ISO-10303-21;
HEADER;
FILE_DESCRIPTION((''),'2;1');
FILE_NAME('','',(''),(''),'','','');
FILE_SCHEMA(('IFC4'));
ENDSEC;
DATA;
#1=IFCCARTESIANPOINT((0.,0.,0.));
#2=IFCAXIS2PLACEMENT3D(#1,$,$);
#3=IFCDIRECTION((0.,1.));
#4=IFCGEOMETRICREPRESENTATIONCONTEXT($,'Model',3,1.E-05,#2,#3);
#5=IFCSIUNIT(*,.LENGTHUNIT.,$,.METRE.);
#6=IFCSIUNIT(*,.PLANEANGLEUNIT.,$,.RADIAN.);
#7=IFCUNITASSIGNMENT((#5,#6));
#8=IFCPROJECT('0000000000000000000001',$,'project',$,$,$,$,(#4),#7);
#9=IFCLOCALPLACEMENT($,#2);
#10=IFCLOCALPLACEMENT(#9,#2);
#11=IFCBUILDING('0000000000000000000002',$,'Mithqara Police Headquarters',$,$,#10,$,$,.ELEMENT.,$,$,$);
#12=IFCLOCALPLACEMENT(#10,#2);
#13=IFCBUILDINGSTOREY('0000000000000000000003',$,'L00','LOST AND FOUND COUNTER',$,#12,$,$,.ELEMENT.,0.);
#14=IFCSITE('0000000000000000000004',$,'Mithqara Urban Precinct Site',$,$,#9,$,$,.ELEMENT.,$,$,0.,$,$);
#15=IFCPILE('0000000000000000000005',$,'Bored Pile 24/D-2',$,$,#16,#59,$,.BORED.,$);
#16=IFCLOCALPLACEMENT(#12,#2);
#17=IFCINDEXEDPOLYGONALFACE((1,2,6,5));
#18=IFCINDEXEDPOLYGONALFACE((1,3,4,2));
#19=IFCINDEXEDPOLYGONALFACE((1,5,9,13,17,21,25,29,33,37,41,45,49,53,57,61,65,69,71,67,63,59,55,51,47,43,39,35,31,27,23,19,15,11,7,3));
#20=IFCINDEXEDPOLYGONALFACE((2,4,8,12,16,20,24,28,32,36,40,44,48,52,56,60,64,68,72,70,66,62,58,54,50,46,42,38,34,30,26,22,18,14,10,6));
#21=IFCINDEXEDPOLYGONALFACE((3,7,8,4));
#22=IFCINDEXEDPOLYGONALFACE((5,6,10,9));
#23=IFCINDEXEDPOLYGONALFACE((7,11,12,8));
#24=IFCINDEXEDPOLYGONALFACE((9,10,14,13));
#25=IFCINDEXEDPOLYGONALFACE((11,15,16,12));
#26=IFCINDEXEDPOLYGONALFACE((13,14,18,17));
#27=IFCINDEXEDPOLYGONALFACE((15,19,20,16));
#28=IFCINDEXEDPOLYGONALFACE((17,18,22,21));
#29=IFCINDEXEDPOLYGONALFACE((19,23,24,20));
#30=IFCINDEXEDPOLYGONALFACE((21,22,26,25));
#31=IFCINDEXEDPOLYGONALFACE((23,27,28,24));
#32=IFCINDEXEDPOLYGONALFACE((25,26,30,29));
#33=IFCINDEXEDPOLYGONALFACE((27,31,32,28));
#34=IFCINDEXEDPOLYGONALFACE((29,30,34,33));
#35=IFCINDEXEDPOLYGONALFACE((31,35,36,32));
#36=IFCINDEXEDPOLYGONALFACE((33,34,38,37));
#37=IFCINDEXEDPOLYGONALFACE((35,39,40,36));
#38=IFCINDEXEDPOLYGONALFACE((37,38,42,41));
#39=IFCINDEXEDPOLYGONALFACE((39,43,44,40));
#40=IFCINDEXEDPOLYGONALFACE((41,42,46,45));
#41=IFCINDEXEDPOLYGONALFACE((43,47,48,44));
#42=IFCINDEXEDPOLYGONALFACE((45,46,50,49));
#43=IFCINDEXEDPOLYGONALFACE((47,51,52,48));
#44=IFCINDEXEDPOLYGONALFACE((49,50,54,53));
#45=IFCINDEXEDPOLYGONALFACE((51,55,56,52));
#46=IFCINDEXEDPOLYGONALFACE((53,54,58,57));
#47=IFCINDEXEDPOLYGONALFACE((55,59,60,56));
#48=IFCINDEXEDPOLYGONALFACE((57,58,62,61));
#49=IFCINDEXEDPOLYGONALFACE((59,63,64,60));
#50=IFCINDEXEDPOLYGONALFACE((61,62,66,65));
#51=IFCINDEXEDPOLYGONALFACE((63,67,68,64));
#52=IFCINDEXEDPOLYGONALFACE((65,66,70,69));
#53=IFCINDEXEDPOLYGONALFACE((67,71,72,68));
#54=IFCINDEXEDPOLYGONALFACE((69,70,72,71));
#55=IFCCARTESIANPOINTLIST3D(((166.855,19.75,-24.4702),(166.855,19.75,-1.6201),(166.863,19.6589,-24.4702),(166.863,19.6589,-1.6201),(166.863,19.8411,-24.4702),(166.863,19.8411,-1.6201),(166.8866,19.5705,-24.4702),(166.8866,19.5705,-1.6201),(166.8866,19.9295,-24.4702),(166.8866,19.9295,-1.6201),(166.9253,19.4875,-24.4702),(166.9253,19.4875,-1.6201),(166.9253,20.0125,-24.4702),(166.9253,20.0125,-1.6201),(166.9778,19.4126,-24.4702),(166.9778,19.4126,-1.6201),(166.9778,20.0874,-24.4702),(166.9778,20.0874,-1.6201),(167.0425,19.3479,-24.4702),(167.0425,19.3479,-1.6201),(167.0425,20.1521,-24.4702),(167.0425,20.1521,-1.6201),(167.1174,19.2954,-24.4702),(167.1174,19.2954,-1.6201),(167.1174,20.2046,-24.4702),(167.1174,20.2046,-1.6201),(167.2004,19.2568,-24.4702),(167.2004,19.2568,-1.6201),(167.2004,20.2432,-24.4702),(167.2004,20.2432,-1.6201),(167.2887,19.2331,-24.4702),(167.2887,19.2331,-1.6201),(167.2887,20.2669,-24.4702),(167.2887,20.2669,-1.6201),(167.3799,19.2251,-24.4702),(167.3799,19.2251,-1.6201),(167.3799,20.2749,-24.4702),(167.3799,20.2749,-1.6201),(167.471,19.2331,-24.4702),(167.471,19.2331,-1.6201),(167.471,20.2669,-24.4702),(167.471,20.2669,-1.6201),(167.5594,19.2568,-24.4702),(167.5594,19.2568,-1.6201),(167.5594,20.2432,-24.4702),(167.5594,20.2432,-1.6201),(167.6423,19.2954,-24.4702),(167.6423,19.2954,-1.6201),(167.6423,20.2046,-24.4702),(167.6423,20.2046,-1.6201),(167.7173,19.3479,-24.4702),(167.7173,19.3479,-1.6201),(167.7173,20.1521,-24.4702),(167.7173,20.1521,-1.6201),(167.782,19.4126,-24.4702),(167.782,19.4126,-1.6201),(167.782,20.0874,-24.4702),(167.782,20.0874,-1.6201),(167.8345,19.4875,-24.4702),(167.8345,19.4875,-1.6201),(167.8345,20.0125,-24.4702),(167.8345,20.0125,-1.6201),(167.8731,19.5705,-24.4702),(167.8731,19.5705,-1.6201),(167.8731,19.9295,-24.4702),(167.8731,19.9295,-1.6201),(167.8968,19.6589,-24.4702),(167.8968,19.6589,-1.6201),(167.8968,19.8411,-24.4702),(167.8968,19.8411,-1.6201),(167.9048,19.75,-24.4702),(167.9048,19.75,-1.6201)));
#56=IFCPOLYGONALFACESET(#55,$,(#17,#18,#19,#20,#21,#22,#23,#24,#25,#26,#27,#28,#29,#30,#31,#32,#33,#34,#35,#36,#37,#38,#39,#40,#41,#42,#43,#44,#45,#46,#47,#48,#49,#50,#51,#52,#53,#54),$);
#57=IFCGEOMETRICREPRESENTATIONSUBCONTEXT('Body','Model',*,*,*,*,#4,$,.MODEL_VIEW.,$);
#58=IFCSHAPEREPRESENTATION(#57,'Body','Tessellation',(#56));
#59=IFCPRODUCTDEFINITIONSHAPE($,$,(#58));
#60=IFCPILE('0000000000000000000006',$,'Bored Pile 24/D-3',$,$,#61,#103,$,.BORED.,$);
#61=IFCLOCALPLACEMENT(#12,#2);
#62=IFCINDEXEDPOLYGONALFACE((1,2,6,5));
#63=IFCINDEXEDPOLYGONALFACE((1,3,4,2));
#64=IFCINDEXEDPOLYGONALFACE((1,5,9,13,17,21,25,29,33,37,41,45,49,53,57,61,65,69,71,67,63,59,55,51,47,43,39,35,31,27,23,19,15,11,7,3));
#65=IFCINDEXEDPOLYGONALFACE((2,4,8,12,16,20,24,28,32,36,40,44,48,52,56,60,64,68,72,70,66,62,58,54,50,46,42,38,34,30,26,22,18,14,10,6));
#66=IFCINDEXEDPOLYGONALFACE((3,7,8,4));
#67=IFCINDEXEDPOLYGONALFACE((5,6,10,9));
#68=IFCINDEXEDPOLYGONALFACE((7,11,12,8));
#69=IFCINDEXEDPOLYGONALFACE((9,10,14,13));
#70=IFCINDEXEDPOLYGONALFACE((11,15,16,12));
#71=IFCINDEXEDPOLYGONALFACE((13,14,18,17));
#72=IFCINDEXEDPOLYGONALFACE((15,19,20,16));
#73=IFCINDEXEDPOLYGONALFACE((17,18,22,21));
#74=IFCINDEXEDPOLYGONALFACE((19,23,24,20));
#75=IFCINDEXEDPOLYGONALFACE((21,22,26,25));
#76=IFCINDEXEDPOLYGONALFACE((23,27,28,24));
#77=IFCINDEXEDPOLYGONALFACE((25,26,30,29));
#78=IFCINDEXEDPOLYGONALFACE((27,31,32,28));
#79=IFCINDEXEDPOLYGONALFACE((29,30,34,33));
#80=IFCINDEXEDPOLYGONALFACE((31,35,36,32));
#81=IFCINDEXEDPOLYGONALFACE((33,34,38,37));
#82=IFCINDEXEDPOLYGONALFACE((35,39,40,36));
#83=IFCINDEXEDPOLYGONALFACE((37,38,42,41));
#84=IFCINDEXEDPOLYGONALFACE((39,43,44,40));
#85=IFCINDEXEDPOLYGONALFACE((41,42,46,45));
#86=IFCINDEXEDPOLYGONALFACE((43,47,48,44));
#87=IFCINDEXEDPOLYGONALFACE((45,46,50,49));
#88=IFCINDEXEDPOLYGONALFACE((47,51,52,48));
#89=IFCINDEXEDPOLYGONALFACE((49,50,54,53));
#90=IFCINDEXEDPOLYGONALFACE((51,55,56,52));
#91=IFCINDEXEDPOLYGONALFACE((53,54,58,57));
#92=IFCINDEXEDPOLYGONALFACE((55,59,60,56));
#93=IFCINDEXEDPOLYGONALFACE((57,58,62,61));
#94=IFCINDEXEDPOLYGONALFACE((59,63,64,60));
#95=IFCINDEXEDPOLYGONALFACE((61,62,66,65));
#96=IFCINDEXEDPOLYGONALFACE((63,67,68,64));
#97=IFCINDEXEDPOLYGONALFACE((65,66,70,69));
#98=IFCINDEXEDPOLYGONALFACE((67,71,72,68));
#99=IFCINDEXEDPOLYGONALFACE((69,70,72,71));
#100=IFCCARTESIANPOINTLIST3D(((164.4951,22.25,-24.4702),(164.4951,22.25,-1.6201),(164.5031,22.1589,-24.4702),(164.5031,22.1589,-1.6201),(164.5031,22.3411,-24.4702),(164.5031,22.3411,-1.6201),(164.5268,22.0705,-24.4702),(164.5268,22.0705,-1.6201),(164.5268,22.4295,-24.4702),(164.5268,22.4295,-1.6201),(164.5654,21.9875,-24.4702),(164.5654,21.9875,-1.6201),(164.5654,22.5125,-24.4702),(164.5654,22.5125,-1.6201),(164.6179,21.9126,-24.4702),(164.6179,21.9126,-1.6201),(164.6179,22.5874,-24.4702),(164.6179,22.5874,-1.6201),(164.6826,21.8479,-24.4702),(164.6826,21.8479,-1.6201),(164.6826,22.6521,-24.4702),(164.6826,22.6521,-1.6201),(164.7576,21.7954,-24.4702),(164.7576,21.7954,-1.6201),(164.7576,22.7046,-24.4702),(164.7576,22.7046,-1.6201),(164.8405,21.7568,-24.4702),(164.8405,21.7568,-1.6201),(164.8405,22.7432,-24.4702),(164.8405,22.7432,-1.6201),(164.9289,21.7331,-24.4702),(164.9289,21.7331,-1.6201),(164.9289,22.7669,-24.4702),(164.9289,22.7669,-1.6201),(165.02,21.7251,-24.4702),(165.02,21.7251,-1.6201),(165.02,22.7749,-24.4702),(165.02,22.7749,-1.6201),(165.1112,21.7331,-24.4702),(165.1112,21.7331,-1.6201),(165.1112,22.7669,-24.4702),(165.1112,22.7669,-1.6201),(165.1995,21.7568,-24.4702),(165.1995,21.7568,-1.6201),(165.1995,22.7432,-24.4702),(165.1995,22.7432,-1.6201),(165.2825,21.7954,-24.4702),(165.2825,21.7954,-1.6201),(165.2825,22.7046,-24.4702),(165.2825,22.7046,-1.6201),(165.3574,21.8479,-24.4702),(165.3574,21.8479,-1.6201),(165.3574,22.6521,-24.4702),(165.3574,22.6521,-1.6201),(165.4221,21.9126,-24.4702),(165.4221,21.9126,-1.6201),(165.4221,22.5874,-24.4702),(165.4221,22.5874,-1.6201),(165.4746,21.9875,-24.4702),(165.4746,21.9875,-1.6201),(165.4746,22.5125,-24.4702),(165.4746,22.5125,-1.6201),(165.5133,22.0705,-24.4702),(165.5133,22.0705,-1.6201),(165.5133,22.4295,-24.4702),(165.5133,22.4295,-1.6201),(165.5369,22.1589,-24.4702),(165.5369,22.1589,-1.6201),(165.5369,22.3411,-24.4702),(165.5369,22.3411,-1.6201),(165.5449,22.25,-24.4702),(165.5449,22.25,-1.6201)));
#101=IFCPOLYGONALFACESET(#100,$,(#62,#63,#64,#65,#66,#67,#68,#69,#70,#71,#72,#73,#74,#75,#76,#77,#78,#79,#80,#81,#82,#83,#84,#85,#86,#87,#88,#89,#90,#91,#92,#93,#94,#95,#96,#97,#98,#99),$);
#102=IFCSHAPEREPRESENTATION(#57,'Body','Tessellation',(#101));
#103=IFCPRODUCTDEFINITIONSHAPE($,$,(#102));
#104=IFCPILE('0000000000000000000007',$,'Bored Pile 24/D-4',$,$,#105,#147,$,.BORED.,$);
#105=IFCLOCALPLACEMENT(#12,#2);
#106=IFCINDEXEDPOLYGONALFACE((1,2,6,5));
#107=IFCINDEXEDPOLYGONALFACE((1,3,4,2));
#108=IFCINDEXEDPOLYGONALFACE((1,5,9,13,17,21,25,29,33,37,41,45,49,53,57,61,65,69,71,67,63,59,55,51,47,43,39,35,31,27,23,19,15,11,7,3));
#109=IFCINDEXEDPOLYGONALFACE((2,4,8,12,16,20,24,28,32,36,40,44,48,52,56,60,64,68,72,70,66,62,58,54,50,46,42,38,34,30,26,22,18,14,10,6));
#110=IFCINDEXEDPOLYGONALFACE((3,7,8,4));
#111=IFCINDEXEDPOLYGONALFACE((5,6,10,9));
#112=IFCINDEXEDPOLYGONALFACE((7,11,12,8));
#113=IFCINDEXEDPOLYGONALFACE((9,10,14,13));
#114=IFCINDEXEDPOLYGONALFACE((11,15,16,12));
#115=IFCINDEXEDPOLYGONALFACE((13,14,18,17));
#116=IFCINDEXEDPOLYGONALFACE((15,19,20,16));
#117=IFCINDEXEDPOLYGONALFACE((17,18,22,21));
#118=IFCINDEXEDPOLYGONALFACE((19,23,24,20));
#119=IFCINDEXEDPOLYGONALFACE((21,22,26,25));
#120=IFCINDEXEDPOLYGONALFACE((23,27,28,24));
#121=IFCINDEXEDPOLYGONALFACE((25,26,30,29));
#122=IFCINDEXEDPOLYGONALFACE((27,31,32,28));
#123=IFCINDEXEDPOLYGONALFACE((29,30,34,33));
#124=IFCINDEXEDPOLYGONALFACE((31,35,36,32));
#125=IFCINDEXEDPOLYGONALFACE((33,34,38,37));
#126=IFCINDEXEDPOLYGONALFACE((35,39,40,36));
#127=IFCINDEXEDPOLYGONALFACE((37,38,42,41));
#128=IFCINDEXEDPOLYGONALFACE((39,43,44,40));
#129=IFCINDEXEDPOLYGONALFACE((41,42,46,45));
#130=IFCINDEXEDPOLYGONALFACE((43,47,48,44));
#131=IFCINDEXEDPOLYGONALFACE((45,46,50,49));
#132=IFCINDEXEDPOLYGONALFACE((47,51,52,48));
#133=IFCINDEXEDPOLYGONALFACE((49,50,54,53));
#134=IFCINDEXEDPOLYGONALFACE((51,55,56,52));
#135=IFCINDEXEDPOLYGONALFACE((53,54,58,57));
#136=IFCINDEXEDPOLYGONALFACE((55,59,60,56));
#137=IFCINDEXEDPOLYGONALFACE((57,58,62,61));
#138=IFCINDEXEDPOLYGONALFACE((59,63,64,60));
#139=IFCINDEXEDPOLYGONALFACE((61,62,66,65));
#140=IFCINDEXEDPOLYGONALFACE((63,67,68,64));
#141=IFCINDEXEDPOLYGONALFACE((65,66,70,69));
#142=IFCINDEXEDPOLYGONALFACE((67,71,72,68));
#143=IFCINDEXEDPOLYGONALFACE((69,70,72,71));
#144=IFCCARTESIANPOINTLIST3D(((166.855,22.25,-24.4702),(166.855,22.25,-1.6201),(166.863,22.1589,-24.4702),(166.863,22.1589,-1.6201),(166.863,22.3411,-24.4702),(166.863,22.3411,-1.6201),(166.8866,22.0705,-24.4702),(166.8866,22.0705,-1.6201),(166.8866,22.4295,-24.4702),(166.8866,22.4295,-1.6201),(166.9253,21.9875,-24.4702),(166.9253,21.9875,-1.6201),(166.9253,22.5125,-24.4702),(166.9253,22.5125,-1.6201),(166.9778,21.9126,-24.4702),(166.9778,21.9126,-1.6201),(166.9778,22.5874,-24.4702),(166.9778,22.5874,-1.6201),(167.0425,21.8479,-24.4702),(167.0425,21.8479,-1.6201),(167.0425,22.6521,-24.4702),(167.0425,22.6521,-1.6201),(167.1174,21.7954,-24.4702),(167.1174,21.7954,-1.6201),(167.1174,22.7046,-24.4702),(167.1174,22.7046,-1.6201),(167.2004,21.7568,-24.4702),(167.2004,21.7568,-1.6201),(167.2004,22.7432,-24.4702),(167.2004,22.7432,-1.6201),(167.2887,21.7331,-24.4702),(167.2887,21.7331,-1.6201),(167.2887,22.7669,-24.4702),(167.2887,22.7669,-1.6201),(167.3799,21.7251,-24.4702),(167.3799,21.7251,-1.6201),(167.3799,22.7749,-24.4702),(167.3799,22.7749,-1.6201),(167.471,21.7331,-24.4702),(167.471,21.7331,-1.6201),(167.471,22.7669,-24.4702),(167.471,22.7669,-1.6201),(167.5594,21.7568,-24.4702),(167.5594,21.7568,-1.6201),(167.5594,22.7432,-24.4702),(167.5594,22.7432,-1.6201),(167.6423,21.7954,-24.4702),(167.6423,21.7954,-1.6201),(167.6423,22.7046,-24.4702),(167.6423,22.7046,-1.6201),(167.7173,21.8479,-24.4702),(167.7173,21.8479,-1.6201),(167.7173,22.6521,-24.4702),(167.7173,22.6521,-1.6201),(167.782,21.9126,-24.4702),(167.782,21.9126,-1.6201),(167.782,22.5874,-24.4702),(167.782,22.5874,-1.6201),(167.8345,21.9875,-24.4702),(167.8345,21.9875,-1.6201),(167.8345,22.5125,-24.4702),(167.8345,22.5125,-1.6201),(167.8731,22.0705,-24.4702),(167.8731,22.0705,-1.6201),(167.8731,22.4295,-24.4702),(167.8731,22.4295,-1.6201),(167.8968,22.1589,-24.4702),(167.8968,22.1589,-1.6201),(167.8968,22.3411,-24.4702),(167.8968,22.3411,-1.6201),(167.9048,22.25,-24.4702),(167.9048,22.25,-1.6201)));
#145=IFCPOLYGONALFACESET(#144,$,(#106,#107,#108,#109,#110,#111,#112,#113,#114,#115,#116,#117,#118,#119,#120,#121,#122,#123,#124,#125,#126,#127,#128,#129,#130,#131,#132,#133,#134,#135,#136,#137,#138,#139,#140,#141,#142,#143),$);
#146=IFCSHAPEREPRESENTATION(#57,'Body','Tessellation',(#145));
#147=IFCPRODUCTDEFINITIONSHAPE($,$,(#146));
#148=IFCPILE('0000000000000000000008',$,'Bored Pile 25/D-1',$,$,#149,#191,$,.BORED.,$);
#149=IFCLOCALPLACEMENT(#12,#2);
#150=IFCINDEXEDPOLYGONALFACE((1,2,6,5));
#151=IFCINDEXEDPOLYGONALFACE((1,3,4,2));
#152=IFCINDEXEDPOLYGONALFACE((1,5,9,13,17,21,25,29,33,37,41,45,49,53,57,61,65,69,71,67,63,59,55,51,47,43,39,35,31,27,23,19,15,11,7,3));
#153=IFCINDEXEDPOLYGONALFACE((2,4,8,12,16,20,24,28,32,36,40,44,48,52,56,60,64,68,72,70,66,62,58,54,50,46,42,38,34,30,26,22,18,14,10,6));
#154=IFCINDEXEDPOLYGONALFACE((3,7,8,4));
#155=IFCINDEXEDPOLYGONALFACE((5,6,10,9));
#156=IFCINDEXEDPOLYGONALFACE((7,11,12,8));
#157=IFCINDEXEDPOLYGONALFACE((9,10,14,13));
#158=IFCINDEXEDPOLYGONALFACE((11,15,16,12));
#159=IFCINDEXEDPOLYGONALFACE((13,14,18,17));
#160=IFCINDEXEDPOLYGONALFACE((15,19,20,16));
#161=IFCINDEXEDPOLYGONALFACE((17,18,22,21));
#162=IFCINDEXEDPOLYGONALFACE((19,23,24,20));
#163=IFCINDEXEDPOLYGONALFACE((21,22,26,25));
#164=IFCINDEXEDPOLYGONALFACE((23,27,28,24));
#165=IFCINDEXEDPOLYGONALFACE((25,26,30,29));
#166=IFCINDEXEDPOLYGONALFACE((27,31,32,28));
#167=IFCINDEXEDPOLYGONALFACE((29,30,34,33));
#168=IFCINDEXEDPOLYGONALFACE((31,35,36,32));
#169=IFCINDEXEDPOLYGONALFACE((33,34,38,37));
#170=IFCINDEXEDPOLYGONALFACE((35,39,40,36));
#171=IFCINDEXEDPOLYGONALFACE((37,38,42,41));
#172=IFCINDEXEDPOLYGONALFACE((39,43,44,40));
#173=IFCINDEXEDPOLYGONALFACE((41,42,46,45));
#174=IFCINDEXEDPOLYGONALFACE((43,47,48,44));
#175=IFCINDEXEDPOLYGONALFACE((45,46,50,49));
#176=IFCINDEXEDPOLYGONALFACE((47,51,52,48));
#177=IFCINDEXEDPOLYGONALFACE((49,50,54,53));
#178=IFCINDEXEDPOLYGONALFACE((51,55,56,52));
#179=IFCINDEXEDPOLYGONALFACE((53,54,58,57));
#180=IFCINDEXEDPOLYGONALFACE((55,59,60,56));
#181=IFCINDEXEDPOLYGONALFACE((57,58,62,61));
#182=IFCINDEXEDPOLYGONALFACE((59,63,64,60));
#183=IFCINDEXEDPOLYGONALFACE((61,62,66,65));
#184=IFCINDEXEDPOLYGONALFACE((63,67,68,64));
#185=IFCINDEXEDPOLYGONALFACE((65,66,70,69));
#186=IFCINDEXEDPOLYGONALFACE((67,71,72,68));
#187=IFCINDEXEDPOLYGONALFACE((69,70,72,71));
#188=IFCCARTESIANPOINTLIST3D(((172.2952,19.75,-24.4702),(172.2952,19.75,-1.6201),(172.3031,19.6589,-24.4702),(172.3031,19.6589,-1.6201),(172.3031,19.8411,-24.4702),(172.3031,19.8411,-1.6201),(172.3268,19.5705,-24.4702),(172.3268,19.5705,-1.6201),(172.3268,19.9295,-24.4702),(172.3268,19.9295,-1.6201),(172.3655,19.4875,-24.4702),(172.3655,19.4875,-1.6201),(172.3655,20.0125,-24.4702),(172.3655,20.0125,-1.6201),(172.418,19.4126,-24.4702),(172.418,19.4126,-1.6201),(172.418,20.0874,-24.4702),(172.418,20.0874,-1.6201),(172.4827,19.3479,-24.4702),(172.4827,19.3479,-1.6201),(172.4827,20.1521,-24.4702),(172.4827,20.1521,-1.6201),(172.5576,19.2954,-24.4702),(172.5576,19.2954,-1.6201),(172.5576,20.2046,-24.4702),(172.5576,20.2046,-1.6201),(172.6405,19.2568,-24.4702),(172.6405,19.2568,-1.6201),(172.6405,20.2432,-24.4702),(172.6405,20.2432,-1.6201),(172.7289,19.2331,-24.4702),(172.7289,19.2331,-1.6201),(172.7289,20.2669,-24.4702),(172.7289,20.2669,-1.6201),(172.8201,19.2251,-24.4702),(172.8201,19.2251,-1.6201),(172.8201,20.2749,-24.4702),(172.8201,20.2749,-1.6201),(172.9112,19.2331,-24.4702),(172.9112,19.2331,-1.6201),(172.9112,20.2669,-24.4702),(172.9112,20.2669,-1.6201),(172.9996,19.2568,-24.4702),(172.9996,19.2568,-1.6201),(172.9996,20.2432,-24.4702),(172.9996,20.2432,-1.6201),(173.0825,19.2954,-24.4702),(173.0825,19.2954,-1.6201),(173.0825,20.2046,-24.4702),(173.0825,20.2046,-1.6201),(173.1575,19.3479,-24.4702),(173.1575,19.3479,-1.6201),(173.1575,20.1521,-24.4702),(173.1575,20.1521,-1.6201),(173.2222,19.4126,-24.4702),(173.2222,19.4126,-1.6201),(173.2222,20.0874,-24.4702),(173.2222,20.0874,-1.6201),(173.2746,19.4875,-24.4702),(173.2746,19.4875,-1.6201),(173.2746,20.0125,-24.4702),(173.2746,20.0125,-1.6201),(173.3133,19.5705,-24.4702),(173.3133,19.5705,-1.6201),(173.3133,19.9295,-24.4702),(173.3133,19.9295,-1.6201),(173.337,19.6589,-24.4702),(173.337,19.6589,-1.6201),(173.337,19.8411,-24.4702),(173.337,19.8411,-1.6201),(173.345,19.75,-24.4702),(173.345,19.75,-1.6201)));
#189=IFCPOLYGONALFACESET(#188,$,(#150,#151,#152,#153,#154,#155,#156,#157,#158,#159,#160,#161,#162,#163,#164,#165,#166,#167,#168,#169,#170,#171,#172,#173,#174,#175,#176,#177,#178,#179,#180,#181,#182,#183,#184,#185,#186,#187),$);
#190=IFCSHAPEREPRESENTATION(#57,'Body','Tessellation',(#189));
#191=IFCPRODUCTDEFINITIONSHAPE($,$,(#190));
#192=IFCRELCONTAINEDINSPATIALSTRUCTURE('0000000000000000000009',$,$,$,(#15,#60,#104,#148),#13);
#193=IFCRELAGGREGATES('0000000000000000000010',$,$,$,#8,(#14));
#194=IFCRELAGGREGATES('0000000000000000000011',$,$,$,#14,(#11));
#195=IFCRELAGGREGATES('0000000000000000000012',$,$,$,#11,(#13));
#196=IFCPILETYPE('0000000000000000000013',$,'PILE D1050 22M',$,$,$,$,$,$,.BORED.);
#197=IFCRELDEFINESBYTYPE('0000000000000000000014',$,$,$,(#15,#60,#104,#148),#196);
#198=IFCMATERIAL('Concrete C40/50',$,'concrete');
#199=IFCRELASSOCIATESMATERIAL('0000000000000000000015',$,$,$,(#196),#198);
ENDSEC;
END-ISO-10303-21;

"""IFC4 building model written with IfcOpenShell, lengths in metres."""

from ifc_helpers import new_model, si_unit, direction, frame, origin, origin_2d, place, context, subcontext, project, spatial, circle, extrude, material, material_profile, profile_set, type_object, element, save


model = new_model("IFC4")

# Units and contexts
model_context = context("Model", 3, precision=1e-05, world=origin(), true_north=direction((0.0, 1.0)))
body_context = subcontext(model_context, "Body", "Model", "MODEL_VIEW")
ifc_project = project(units=[si_unit("LENGTHUNIT", "METRE"), si_unit("PLANEANGLEUNIT", "RADIAN")], contexts=[model_context])

# Site, building, storey
site_placement = place(None, origin())
site = spatial("IfcSite", under=ifc_project, at=site_placement, Name="Mithqara Urban Precinct Site", CompositionType="ELEMENT", RefElevation=0.0)
building_placement = place(site_placement, origin())
building = spatial("IfcBuilding", under=site, at=building_placement, Name="Mithqara Police Headquarters", CompositionType="ELEMENT")
storey_placement = place(building_placement, origin())
storey = spatial("IfcBuildingStorey", under=building, at=storey_placement, Name="L00", Description="LOST AND FOUND COUNTER", CompositionType="ELEMENT", Elevation=0.0)

# Shared definitions
ifc_material_1 = material(Name="Concrete C40/50", Category="concrete")

# Piles
ifc_material_profile_1 = material_profile(ifc_material_1, circle(Radius=0.5249, at=origin_2d()), Name="PILE D1050")
ifc_profile_set_1 = profile_set([ifc_material_profile_1], Name="Concrete C40/50")
pile_type = type_object("IfcPileType", Name="PILE D1050 22M", PredefinedType="BORED", material=ifc_profile_set_1)
for number, where, z_axis, x_axis, name in (
    (1, (167.3799, 19.75, -1.6201), (0.0, 0.0, -1.0), (1.0, 0.0, 0.0), "Bored Pile 24/D-2"),
    (2, (165.02, 22.25, -1.6201), (0.0, 0.0, -1.0), (1.0, 0.0, 0.0), "Bored Pile 24/D-3"),
    (3, (167.3799, 22.25, -1.6201), (0.0, 0.0, -1.0), (1.0, 0.0, 0.0), "Bored Pile 24/D-4"),
    (4, (172.8201, 19.75, -1.6201), (0.0, 0.0, -1.0), (1.0, 0.0, 0.0), "Bored Pile 25/D-1"),
):
    element("IfcPile", number, at=place(storey_placement, frame(where, z_axis=z_axis, x_axis=x_axis)), inside=storey, type_object=pile_type, Name=name, PredefinedType="BORED", context=body_context, shape_type="SweptSolid", body=[
        extrude(circle(Radius=0.5249, at=origin_2d()), origin(), (0.0, 0.0, 1.0), 22.8501),
    ])

save(model, "model.ifc")
